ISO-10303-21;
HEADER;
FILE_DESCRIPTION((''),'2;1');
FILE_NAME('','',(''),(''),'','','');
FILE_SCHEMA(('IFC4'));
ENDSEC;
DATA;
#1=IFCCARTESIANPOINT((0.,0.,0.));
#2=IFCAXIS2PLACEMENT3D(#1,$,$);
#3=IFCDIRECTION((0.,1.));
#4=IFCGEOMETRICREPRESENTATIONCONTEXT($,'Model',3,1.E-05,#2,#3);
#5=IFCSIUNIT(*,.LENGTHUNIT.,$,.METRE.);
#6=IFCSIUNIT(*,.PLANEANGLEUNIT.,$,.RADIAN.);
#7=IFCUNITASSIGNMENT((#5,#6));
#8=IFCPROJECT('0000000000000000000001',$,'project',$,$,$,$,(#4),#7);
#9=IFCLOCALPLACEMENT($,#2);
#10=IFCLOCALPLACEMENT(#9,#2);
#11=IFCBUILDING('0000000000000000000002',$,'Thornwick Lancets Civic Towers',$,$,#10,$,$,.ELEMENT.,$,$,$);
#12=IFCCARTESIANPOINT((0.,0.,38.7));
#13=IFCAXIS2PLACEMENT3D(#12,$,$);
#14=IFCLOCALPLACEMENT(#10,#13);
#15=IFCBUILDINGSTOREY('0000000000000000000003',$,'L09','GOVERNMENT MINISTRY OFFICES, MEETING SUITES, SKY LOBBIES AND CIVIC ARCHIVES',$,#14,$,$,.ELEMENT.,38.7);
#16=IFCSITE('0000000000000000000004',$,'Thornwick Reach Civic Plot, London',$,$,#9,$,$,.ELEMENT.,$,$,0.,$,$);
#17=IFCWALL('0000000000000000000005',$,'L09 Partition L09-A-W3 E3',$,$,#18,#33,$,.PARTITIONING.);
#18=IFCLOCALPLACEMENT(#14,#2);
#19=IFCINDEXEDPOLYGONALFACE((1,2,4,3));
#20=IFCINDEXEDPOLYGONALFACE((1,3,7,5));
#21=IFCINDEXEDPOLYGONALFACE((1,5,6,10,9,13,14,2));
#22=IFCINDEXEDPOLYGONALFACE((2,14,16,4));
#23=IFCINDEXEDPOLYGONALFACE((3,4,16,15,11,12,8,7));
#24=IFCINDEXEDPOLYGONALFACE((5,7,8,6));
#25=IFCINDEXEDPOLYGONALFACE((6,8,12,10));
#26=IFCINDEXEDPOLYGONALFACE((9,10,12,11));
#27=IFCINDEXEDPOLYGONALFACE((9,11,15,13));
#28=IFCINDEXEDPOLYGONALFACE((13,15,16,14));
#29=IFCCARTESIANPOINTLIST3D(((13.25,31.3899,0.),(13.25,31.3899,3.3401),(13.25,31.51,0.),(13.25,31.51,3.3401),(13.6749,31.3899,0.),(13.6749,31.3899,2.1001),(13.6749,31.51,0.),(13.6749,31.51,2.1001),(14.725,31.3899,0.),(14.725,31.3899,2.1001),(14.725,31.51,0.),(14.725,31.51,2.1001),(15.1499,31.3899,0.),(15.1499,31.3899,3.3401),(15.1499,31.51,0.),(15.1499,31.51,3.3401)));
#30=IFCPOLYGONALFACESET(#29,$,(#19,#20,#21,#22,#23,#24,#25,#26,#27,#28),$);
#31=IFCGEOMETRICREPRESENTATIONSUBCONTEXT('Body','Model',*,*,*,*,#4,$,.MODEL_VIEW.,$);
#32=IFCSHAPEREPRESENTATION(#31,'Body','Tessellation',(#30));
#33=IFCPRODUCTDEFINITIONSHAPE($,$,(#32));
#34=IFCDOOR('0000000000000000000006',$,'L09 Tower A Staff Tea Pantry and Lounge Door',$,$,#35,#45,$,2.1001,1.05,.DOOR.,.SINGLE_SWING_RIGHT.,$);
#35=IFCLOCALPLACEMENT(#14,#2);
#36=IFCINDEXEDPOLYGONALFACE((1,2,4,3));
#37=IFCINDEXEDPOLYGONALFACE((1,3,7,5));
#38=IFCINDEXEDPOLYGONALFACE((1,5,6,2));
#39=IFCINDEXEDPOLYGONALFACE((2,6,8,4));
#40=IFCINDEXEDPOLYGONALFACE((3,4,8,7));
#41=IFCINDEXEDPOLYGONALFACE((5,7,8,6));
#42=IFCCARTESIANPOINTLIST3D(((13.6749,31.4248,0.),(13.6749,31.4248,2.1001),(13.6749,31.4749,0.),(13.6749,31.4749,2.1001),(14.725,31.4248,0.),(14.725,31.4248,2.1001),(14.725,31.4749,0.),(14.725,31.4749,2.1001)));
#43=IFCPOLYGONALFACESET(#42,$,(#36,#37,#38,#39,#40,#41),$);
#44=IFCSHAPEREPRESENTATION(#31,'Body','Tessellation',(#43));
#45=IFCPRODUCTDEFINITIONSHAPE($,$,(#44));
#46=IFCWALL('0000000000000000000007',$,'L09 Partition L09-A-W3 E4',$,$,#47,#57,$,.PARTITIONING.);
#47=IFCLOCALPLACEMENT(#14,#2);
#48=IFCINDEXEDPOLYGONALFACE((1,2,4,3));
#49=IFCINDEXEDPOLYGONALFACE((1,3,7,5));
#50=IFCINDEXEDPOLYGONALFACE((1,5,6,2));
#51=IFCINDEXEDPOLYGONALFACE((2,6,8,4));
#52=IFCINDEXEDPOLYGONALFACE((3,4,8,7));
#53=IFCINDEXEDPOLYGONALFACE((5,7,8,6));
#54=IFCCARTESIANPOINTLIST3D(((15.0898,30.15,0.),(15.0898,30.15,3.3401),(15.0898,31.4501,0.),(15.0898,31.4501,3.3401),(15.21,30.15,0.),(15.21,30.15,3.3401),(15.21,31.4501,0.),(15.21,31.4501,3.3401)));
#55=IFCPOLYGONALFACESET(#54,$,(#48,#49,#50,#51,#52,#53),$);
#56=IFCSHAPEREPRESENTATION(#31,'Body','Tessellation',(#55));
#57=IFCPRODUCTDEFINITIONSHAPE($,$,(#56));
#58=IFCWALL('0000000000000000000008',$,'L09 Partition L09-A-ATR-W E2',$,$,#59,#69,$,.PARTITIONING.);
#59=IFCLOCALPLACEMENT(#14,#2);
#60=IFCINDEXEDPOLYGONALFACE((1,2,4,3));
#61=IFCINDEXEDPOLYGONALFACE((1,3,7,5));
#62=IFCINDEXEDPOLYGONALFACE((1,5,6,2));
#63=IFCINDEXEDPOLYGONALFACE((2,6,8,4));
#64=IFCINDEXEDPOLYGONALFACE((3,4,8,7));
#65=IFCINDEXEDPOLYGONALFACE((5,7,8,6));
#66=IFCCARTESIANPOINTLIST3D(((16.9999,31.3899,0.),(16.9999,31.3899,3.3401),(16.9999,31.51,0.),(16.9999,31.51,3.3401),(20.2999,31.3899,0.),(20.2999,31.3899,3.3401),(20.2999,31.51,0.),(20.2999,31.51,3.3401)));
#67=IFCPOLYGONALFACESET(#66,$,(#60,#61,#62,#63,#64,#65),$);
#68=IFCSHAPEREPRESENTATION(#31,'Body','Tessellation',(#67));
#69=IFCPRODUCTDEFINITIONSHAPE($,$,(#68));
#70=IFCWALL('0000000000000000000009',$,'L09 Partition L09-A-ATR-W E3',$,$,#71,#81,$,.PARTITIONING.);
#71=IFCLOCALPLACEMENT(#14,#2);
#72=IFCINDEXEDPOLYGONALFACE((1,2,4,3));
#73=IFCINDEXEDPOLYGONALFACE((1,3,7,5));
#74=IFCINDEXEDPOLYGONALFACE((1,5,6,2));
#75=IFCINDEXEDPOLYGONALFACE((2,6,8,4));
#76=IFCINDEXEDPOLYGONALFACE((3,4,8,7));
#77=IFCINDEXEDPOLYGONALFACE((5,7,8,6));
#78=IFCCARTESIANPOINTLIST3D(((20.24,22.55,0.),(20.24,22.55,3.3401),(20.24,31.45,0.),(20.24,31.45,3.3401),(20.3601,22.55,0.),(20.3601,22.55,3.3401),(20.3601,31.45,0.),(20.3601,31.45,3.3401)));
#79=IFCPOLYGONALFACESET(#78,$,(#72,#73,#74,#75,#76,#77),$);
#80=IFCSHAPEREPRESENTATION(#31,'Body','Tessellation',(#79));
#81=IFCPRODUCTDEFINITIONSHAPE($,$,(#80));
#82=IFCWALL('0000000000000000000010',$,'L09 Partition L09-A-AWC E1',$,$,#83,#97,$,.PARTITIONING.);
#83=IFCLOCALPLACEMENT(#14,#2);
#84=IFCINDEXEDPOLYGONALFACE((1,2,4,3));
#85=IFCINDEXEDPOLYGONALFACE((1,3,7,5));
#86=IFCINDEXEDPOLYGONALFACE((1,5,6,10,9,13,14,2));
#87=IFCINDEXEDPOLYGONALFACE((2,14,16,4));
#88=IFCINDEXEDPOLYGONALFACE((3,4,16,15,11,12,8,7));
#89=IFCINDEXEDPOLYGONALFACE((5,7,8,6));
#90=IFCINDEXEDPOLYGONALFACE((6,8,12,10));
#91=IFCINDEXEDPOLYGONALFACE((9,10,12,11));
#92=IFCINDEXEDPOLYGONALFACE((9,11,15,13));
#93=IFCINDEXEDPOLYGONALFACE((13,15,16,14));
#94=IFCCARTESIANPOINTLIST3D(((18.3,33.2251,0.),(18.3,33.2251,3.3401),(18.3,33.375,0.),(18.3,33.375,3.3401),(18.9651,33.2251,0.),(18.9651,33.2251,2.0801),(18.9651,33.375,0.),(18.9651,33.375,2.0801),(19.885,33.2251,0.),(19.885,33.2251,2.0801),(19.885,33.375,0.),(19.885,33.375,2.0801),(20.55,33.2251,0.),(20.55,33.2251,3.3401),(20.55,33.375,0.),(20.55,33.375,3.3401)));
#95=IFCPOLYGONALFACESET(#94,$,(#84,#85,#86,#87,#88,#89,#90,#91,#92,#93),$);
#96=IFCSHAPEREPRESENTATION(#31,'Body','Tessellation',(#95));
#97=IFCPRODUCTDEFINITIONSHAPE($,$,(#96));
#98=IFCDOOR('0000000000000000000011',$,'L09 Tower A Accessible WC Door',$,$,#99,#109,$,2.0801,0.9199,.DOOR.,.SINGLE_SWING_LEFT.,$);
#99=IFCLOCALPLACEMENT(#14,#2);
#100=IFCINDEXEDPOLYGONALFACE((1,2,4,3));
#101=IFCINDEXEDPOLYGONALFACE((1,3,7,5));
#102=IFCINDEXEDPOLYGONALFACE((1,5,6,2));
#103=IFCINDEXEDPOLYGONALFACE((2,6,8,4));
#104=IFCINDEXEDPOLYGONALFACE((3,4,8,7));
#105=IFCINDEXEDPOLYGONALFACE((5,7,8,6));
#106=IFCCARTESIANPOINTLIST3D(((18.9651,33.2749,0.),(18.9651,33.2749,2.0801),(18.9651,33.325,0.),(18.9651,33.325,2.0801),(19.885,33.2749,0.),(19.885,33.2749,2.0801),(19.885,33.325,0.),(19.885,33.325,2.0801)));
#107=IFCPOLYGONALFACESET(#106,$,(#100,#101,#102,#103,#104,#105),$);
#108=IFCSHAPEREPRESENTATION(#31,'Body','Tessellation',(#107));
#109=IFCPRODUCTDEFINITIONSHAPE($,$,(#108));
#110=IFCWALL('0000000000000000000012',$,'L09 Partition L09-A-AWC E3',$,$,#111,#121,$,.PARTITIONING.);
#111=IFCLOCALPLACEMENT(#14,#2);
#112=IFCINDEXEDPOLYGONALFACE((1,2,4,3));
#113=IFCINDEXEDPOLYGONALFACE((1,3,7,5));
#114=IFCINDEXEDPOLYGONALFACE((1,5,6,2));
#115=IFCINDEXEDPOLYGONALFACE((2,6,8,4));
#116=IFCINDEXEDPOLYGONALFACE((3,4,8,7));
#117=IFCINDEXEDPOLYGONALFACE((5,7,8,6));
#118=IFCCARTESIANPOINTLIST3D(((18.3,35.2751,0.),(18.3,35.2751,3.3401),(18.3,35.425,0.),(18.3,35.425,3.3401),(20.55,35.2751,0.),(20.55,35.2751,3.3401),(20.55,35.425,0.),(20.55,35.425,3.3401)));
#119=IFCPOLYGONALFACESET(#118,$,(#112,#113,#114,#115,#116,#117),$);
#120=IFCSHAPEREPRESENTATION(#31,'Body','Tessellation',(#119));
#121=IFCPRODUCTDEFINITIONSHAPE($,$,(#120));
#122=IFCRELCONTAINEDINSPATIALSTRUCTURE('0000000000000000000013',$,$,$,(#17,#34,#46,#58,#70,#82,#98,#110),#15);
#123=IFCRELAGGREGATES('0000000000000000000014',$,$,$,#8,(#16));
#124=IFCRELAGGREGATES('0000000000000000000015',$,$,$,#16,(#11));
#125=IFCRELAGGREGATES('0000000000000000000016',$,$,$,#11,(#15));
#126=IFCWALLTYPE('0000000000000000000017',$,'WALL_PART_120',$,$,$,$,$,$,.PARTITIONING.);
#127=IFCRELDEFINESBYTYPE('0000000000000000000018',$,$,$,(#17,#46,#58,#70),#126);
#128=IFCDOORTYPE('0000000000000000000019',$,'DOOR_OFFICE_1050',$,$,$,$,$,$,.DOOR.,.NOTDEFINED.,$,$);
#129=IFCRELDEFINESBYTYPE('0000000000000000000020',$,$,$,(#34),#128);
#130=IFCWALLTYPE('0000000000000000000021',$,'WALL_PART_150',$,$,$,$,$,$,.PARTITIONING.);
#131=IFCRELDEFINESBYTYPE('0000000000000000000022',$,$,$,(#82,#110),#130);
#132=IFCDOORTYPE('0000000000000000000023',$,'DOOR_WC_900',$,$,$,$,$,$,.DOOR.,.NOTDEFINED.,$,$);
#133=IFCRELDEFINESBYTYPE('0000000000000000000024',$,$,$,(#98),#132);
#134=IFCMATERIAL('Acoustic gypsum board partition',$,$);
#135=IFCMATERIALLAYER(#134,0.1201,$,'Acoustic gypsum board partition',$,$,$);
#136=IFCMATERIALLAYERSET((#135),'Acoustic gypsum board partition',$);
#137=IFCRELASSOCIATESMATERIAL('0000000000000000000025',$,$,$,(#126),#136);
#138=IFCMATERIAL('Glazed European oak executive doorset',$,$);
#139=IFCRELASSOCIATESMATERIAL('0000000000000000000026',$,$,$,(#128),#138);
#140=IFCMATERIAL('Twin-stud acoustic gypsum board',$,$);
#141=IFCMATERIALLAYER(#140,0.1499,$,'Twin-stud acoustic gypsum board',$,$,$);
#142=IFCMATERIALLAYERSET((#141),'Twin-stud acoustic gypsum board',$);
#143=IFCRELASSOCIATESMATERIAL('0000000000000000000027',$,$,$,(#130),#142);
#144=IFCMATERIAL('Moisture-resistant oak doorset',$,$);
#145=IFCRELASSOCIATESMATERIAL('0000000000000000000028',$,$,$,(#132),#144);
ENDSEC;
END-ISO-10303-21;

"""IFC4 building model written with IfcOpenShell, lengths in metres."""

from ifc_helpers import new_model, si_unit, direction, frame, frame_2d, origin, place, context, subcontext, project, spatial, rectangle, extrude, material, layer, layer_set, type_object, element, fill, save


model = new_model("IFC4")

# Units and contexts
model_context = context("Model", 3, precision=1e-05, world=origin(), true_north=direction((0.0, 1.0)))
body_context = subcontext(model_context, "Body", "Model", "MODEL_VIEW")
ifc_project = project(units=[si_unit("LENGTHUNIT", "METRE"), si_unit("PLANEANGLEUNIT", "RADIAN")], contexts=[model_context])

# Site, building, storey
site_placement = place(None, origin())
site = spatial("IfcSite", under=ifc_project, at=site_placement, Name="Thornwick Reach Civic Plot, London", CompositionType="ELEMENT", RefElevation=0.0)
building_placement = place(site_placement, origin())
building = spatial("IfcBuilding", under=site, at=building_placement, Name="Thornwick Lancets Civic Towers", CompositionType="ELEMENT")
storey_placement = place(building_placement, frame((0.0, 0.0, 38.7)))
storey = spatial("IfcBuildingStorey", under=building, at=storey_placement, Name="L09", Description="GOVERNMENT MINISTRY OFFICES, MEETING SUITES, SKY LOBBIES AND CIVIC ARCHIVES", CompositionType="ELEMENT", Elevation=38.7)

# Shared definitions
ifc_material_1 = material(Name="Acoustic gypsum board partition")
ifc_layer_1 = layer(ifc_material_1, 0.1201, Name="Acoustic gypsum board partition")
ifc_layer_set_1 = layer_set([ifc_layer_1], Name="Acoustic gypsum board partition")
wall_type_1 = type_object("IfcWallType", Name="WALL_PART_120", PredefinedType="PARTITIONING", material=ifc_layer_set_1)

# Wall, opening, door
wall_1_placement = place(storey_placement, frame((13.25, 31.45, 0.0), z_axis=(0.0, 0.0, 1.0), x_axis=(1.0, 0.0, 0.0)))
wall_1 = element("IfcWall", 1, at=wall_1_placement, inside=storey, type_object=wall_type_1, Name="L09 Partition L09-A-W3 E3", PredefinedType="PARTITIONING", context=body_context, shape_type="SweptSolid", body=[
    extrude(rectangle(XDim=1.8999, YDim=0.1201, at=frame_2d((0.95, 0.0))), origin(), (0.0, 0.0, 1.0), 3.3401),
])
opening_1_placement = place(wall_1_placement, frame((0.425, 0.0, 0.0)))
opening_1 = element("IfcOpeningElement", 2, at=opening_1_placement, cuts=wall_1, PredefinedType="OPENING", context=body_context, shape_type="SweptSolid", body=[
    extrude(rectangle(XDim=1.05, YDim=2.1001, at=frame_2d((0.5249, 1.05))), frame((0.0, 0.0701, 0.0), z_axis=(0.0, -1.0, 0.0), x_axis=(1.0, 0.0, 0.0)), (0.0, 0.0, 1.0), 0.1401),
])
ifc_material_2 = material(Name="Glazed European oak executive doorset")
door_type_1 = type_object("IfcDoorType", Name="DOOR_OFFICE_1050", OperationType="NOTDEFINED", PredefinedType="DOOR", material=ifc_material_2)
door_1_placement = place(opening_1_placement, origin())
door_1 = element("IfcDoor", 3, at=door_1_placement, inside=storey, type_object=door_type_1, Name="L09 Tower A Staff Tea Pantry and Lounge Door", OperationType="SINGLE_SWING_RIGHT", OverallHeight=2.1001, OverallWidth=1.05, PredefinedType="DOOR", context=body_context, shape_type="SweptSolid", body=[
    extrude(rectangle(XDim=1.05, YDim=2.1001, at=frame_2d((0.5249, 1.05))), frame((0.0, 0.0249, 0.0), z_axis=(0.0, -1.0, 0.0), x_axis=(1.0, 0.0, 0.0)), (0.0, 0.0, 1.0), 0.05),
])
fill(opening_1, door_1)

# Walls
wall_2_placement = place(storey_placement, frame((15.1499, 31.45, 0.0), z_axis=(0.0, 0.0, 1.0), x_axis=(0.0, -1.0, 0.0)))
element("IfcWall", 4, at=wall_2_placement, inside=storey, type_object=wall_type_1, Name="L09 Partition L09-A-W3 E4", PredefinedType="PARTITIONING", context=body_context, shape_type="SweptSolid", body=[
    extrude(rectangle(XDim=1.3, YDim=0.1201, at=frame_2d((0.6499, 0.0))), origin(), (0.0, 0.0, 1.0), 3.3401),
])
wall_3_placement = place(storey_placement, frame((17.0, 31.45, 0.0), z_axis=(0.0, 0.0, 1.0), x_axis=(1.0, 0.0, 0.0)))
element("IfcWall", 5, at=wall_3_placement, inside=storey, type_object=wall_type_1, Name="L09 Partition L09-A-ATR-W E2", PredefinedType="PARTITIONING", context=body_context, shape_type="SweptSolid", body=[
    extrude(rectangle(XDim=3.3, YDim=0.1201, at=frame_2d((1.6499, 0.0))), origin(), (0.0, 0.0, 1.0), 3.3401),
])
wall_4_placement = place(storey_placement, frame((20.3, 31.45, 0.0), z_axis=(0.0, 0.0, 1.0), x_axis=(0.0, -1.0, 0.0)))
element("IfcWall", 6, at=wall_4_placement, inside=storey, type_object=wall_type_1, Name="L09 Partition L09-A-ATR-W E3", PredefinedType="PARTITIONING", context=body_context, shape_type="SweptSolid", body=[
    extrude(rectangle(XDim=8.8999, YDim=0.1201, at=frame_2d((4.45, 0.0))), origin(), (0.0, 0.0, 1.0), 3.3401),
])

# Wall, opening, door
ifc_material_3 = material(Name="Twin-stud acoustic gypsum board")
ifc_layer_2 = layer(ifc_material_3, 0.1499, Name="Twin-stud acoustic gypsum board")
ifc_layer_set_2 = layer_set([ifc_layer_2], Name="Twin-stud acoustic gypsum board")
wall_type_2 = type_object("IfcWallType", Name="WALL_PART_150", PredefinedType="PARTITIONING", material=ifc_layer_set_2)
wall_5_placement = place(storey_placement, frame((18.3, 33.3, 0.0), z_axis=(0.0, 0.0, 1.0), x_axis=(1.0, 0.0, 0.0)))
wall_5 = element("IfcWall", 7, at=wall_5_placement, inside=storey, type_object=wall_type_2, Name="L09 Partition L09-A-AWC E1", PredefinedType="PARTITIONING", context=body_context, shape_type="SweptSolid", body=[
    extrude(rectangle(XDim=2.25, YDim=0.1499, at=frame_2d((1.125, 0.0))), origin(), (0.0, 0.0, 1.0), 3.3401),
])
opening_2_placement = place(wall_5_placement, frame((0.665, 0.0, 0.0)))
opening_2 = element("IfcOpeningElement", 8, at=opening_2_placement, cuts=wall_5, PredefinedType="OPENING", context=body_context, shape_type="SweptSolid", body=[
    extrude(rectangle(XDim=0.9199, YDim=2.0801, at=frame_2d((0.46, 1.04))), frame((0.0, 0.085, 0.0), z_axis=(0.0, -1.0, 0.0), x_axis=(1.0, 0.0, 0.0)), (0.0, 0.0, 1.0), 0.1699),
])
ifc_material_4 = material(Name="Moisture-resistant oak doorset")
door_type_2 = type_object("IfcDoorType", Name="DOOR_WC_900", OperationType="NOTDEFINED", PredefinedType="DOOR", material=ifc_material_4)
door_2_placement = place(opening_2_placement, origin())
door_2 = element("IfcDoor", 9, at=door_2_placement, inside=storey, type_object=door_type_2, Name="L09 Tower A Accessible WC Door", OperationType="SINGLE_SWING_LEFT", OverallHeight=2.0801, OverallWidth=0.9199, PredefinedType="DOOR", context=body_context, shape_type="SweptSolid", body=[
    extrude(rectangle(XDim=0.9199, YDim=2.0801, at=frame_2d((0.46, 1.04))), frame((0.0, 0.0249, 0.0), z_axis=(0.0, -1.0, 0.0), x_axis=(1.0, 0.0, 0.0)), (0.0, 0.0, 1.0), 0.05),
])
fill(opening_2, door_2)

# Wall
wall_6_placement = place(storey_placement, frame((20.55, 35.3501, 0.0), z_axis=(0.0, 0.0, 1.0), x_axis=(-1.0, 0.0, 0.0)))
element("IfcWall", 10, at=wall_6_placement, inside=storey, type_object=wall_type_2, Name="L09 Partition L09-A-AWC E3", PredefinedType="PARTITIONING", context=body_context, shape_type="SweptSolid", body=[
    extrude(rectangle(XDim=2.25, YDim=0.1499, at=frame_2d((1.125, 0.0))), origin(), (0.0, 0.0, 1.0), 3.3401),
])

save(model, "model.ifc")
